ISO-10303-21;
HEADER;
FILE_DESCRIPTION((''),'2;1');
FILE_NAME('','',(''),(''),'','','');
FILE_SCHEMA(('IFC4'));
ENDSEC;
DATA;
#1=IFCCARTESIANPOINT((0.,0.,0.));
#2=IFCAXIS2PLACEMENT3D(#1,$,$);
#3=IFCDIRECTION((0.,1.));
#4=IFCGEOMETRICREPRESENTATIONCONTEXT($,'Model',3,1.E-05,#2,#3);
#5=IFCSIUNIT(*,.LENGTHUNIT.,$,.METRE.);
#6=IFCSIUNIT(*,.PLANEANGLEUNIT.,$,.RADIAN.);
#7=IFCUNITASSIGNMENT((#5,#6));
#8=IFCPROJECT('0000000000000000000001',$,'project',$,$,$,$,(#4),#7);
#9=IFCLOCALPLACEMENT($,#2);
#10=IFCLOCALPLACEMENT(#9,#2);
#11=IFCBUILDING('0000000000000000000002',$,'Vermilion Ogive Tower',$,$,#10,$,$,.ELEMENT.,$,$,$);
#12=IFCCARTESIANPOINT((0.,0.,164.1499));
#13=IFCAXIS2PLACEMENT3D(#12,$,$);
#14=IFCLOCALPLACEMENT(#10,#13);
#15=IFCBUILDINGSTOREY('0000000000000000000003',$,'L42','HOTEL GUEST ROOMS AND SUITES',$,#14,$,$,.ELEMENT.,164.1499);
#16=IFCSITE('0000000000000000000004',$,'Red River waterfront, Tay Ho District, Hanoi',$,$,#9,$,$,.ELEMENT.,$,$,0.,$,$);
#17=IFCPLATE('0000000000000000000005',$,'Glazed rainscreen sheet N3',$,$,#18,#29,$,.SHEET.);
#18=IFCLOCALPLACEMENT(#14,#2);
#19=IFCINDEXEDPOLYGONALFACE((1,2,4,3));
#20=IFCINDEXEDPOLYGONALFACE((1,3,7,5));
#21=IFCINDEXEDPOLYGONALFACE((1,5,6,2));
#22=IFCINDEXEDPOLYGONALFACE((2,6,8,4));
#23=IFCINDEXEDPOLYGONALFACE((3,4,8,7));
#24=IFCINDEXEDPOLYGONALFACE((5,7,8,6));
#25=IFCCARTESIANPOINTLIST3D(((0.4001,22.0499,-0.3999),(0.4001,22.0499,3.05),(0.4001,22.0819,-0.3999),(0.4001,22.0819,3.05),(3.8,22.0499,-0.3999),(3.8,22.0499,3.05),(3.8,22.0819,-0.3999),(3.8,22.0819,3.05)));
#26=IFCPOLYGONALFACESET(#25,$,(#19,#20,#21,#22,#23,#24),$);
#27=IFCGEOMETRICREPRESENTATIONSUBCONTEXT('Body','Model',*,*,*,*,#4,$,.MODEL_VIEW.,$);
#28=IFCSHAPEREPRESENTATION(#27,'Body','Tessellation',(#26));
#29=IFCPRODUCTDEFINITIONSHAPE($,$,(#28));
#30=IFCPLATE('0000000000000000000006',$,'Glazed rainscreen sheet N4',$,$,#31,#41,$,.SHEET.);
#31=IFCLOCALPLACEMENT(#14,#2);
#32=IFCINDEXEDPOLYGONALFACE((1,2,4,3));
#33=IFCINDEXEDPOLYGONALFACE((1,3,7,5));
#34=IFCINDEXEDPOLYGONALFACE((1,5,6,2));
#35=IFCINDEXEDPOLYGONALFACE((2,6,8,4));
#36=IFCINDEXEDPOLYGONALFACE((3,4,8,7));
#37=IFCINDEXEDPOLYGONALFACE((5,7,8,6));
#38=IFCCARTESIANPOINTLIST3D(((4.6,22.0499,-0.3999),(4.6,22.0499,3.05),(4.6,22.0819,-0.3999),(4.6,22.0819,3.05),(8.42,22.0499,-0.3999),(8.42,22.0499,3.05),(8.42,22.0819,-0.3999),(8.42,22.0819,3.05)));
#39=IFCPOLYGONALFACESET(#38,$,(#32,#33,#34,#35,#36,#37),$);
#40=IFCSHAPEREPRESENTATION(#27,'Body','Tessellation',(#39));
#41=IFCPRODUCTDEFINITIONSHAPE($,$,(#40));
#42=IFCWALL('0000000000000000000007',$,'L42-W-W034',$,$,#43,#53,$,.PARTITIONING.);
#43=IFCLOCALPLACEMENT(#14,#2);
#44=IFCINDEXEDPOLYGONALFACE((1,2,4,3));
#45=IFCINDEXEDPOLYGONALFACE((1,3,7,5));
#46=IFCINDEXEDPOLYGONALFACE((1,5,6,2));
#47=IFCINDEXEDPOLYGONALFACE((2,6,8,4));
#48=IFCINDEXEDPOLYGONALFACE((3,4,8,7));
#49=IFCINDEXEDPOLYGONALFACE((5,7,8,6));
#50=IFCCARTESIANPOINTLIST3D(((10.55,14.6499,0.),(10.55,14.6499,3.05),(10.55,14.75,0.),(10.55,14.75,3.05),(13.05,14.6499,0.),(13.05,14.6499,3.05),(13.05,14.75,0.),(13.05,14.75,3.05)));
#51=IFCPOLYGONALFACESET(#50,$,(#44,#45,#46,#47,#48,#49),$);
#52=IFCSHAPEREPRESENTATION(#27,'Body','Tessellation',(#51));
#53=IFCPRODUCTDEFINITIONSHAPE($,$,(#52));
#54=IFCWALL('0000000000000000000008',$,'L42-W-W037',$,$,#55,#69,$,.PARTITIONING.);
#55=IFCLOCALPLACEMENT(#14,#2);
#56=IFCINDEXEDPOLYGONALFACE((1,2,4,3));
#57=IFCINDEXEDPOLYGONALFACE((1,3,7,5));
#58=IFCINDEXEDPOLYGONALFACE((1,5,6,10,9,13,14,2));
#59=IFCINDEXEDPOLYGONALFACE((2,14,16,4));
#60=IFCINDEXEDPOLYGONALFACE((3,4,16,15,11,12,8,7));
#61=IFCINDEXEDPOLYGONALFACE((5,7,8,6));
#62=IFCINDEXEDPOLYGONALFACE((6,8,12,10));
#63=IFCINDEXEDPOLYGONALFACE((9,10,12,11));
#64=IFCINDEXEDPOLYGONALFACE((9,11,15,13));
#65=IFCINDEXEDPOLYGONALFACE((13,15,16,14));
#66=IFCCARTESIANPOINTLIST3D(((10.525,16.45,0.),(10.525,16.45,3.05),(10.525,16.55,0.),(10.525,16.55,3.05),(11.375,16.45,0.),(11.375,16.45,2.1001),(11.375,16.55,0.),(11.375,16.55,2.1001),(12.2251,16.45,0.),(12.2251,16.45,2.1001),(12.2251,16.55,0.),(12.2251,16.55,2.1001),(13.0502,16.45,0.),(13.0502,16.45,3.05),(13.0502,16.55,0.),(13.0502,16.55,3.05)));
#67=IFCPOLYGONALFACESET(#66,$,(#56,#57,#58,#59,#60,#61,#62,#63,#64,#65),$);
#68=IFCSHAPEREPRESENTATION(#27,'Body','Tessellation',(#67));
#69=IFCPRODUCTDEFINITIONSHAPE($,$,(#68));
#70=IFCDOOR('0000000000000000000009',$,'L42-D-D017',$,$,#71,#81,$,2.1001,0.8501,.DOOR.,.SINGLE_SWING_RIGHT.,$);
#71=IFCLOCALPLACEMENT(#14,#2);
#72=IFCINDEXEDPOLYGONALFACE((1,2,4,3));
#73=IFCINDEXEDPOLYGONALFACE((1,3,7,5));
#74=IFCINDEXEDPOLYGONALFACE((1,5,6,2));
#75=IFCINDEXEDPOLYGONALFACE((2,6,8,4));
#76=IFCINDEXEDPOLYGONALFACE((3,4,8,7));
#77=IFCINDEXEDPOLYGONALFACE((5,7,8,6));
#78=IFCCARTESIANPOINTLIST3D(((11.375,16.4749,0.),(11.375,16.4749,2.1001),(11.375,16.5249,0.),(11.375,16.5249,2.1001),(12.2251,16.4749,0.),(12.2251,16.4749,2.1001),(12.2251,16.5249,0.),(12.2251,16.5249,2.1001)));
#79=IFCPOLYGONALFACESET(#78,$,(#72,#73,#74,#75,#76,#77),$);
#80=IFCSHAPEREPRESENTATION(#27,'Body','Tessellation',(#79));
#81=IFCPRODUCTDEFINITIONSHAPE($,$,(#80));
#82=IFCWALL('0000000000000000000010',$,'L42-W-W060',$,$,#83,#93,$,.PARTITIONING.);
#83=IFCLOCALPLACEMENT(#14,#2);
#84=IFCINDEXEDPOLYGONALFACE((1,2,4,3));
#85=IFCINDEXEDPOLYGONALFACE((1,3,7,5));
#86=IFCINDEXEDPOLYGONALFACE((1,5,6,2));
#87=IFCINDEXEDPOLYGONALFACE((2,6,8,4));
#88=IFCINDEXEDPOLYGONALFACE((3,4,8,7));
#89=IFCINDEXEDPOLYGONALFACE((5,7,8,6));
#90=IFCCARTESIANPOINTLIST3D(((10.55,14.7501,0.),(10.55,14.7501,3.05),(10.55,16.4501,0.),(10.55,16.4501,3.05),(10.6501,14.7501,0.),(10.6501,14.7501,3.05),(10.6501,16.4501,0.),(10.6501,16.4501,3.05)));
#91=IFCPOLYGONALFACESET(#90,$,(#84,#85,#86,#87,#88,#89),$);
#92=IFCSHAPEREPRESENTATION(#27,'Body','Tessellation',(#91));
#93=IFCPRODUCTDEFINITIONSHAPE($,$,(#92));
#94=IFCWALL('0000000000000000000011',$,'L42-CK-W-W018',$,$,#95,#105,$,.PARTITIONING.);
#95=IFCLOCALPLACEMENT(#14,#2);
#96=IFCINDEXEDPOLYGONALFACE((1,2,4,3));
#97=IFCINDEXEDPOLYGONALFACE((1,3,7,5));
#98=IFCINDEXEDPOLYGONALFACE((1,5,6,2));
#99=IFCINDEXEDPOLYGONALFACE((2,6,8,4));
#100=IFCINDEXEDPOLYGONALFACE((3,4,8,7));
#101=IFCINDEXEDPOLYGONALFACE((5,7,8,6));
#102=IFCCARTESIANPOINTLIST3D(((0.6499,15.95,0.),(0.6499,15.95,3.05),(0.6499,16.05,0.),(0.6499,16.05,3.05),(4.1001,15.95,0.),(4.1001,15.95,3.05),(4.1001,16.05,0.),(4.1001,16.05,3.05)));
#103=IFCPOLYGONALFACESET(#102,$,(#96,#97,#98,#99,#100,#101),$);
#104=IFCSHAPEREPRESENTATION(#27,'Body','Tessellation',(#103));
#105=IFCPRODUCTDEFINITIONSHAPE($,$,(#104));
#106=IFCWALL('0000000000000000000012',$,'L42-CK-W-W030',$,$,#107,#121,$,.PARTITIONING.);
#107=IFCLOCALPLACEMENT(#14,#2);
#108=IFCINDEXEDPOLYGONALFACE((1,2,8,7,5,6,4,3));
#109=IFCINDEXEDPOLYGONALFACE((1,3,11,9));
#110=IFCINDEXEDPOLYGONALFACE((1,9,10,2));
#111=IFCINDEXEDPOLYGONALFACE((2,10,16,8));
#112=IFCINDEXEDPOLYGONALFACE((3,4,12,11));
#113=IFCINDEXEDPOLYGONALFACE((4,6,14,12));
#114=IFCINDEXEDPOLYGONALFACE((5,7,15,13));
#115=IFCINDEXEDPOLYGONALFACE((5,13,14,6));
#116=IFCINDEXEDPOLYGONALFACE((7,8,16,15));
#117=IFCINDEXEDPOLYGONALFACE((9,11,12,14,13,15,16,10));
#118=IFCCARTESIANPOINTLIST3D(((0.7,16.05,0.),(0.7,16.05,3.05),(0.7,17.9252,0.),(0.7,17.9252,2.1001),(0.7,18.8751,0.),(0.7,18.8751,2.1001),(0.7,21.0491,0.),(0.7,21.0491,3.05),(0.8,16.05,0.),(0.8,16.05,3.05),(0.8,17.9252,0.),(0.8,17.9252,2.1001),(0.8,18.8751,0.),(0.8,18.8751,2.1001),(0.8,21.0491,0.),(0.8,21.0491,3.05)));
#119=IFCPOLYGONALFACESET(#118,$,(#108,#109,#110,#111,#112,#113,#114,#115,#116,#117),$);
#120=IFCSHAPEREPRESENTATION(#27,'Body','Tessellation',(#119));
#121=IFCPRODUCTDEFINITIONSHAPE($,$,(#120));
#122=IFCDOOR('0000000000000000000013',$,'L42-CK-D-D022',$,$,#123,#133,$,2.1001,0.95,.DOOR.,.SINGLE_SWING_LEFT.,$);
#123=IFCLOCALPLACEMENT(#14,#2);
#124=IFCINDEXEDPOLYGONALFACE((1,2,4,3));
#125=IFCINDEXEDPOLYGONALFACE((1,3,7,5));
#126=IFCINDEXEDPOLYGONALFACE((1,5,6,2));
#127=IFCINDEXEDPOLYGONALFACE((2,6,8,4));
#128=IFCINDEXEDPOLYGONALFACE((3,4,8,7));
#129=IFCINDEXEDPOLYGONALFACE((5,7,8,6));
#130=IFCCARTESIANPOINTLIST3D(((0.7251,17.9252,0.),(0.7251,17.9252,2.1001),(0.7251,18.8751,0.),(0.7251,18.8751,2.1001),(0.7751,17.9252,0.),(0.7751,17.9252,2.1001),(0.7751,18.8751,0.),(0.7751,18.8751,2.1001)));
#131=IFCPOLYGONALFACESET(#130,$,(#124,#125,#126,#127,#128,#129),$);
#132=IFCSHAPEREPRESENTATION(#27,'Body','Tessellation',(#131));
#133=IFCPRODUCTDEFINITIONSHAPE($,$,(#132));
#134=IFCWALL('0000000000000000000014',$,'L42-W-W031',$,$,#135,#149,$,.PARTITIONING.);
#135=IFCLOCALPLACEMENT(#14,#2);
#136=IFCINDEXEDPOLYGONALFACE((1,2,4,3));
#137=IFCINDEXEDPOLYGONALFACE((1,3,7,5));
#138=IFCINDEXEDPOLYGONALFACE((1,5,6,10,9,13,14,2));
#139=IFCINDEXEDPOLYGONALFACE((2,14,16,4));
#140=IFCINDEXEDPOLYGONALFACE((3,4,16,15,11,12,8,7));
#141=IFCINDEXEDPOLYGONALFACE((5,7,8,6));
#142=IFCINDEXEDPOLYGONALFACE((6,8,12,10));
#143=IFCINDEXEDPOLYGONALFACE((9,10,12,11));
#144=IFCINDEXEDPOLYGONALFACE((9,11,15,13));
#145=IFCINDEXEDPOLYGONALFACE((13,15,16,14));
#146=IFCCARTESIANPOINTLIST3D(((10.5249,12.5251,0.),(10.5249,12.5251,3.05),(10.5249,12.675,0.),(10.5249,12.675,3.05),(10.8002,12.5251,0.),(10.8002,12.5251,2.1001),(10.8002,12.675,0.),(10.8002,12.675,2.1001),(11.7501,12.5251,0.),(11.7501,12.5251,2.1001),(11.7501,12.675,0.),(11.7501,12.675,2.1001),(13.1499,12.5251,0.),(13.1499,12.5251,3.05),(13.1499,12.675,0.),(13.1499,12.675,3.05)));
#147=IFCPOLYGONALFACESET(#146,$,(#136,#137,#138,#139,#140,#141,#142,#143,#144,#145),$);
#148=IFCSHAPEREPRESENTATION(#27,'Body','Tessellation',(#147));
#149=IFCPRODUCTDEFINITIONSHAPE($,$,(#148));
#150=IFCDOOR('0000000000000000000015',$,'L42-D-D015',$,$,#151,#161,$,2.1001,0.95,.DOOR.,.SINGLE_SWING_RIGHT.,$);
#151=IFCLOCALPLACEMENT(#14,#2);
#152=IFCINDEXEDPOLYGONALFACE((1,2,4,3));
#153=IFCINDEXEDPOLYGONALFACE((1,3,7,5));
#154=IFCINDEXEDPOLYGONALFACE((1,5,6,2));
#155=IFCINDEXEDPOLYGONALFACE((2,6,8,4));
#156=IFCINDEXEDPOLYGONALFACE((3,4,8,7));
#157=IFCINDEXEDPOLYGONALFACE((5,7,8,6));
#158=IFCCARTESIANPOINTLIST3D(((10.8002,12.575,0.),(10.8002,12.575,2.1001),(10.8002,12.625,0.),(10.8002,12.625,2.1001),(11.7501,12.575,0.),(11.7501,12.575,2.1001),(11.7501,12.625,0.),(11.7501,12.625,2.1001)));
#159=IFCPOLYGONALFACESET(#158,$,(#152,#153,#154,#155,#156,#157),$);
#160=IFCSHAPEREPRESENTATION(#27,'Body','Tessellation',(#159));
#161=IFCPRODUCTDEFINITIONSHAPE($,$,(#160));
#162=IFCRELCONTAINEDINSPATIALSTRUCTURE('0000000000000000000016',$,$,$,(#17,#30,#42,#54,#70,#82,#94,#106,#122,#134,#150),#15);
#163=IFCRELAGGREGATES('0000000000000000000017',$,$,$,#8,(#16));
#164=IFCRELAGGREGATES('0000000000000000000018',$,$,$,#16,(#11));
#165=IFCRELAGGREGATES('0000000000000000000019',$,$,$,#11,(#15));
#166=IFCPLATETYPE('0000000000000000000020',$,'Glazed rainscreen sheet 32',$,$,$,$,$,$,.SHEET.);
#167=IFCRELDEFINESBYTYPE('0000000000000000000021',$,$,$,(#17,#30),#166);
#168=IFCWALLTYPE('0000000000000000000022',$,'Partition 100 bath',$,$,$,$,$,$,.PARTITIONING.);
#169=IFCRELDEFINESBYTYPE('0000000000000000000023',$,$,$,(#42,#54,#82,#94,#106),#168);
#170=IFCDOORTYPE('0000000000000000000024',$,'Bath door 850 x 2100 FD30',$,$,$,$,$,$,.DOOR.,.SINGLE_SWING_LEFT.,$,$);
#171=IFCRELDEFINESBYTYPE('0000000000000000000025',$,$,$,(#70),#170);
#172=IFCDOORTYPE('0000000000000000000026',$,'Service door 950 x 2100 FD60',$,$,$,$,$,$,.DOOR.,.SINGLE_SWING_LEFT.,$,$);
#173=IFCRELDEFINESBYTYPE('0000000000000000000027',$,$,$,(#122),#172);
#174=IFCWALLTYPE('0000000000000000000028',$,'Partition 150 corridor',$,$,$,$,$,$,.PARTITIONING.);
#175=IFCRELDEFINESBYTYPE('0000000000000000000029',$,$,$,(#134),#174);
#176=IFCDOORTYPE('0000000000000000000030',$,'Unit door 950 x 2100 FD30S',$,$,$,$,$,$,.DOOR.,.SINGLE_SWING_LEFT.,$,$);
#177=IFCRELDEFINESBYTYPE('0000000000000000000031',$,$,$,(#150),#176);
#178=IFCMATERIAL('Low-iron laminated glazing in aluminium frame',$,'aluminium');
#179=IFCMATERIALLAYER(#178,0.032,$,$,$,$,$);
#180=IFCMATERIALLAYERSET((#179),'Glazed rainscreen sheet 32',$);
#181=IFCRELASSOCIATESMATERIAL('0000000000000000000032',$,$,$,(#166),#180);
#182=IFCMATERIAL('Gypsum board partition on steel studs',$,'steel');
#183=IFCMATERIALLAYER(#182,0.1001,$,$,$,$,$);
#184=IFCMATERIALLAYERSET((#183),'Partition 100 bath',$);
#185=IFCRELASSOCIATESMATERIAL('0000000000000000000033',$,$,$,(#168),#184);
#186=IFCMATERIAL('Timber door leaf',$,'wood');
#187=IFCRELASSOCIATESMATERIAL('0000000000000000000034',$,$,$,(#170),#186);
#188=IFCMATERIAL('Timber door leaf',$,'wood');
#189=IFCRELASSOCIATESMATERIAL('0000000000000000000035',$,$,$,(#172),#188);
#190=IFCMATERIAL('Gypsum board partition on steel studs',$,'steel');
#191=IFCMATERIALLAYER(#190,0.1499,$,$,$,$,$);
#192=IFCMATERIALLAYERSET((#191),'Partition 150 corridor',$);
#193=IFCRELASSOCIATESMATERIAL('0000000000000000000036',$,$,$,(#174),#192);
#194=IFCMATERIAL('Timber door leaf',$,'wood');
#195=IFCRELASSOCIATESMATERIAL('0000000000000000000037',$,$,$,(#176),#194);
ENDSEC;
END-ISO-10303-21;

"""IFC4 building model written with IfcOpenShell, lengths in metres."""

from ifc_helpers import new_model, si_unit, direction, frame, frame_2d, origin, origin_2d, place, context, subcontext, project, spatial, rectangle, extrude, material, layer, layer_set, type_object, element, fill, save


model = new_model("IFC4")

# Units and contexts
model_context = context("Model", 3, precision=1e-05, world=origin(), true_north=direction((0.0, 1.0)))
body_context = subcontext(model_context, "Body", "Model", "MODEL_VIEW")
ifc_project = project(units=[si_unit("LENGTHUNIT", "METRE"), si_unit("PLANEANGLEUNIT", "RADIAN")], contexts=[model_context])

# Site, building, storey
site_placement = place(None, origin())
site = spatial("IfcSite", under=ifc_project, at=site_placement, Name="Red River waterfront, Tay Ho District, Hanoi", CompositionType="ELEMENT", RefElevation=0.0)
building_placement = place(site_placement, origin())
building = spatial("IfcBuilding", under=site, at=building_placement, Name="Vermilion Ogive Tower", CompositionType="ELEMENT")
storey_placement = place(building_placement, frame((0.0, 0.0, 164.1499)))
storey = spatial("IfcBuildingStorey", under=building, at=storey_placement, Name="L42", Description="HOTEL GUEST ROOMS AND SUITES", CompositionType="ELEMENT", Elevation=164.1499)

# Plates
ifc_material_1 = material(Name="Low-iron laminated glazing in aluminium frame", Category="aluminium")
ifc_layer_1 = layer(ifc_material_1, 0.032)
ifc_layer_set_1 = layer_set([ifc_layer_1], Name="Glazed rainscreen sheet 32")
plate_type = type_object("IfcPlateType", Name="Glazed rainscreen sheet 32", PredefinedType="SHEET", material=ifc_layer_set_1)
plate_1_placement = place(storey_placement, frame((2.1001, 22.0659, -0.3999), z_axis=(0.0, 0.0, 1.0), x_axis=(1.0, 0.0, 0.0)))
element("IfcPlate", 1, at=plate_1_placement, inside=storey, type_object=plate_type, Name="Glazed rainscreen sheet N3", PredefinedType="SHEET", context=body_context, shape_type="SweptSolid", body=[
    extrude(rectangle(XDim=3.3999, YDim=0.032, at=origin_2d()), origin(), (0.0, 0.0, 1.0), 3.45),
])
plate_2_placement = place(storey_placement, frame((6.51, 22.0659, -0.3999), z_axis=(0.0, 0.0, 1.0), x_axis=(1.0, 0.0, 0.0)))
element("IfcPlate", 2, at=plate_2_placement, inside=storey, type_object=plate_type, Name="Glazed rainscreen sheet N4", PredefinedType="SHEET", context=body_context, shape_type="SweptSolid", body=[
    extrude(rectangle(XDim=3.8201, YDim=0.032, at=origin_2d()), origin(), (0.0, 0.0, 1.0), 3.45),
])

# Wall
ifc_material_2 = material(Name="Gypsum board partition on steel studs", Category="steel")
ifc_layer_2 = layer(ifc_material_2, 0.1001)
ifc_layer_set_2 = layer_set([ifc_layer_2], Name="Partition 100 bath")
wall_type_1 = type_object("IfcWallType", Name="Partition 100 bath", PredefinedType="PARTITIONING", material=ifc_layer_set_2)
wall_1_placement = place(storey_placement, frame((10.55, 14.7, 0.0), z_axis=(0.0, 0.0, 1.0), x_axis=(1.0, 0.0, 0.0)))
element("IfcWall", 3, at=wall_1_placement, inside=storey, type_object=wall_type_1, Name="L42-W-W034", PredefinedType="PARTITIONING", context=body_context, shape_type="SweptSolid", body=[
    extrude(rectangle(XDim=2.5, YDim=0.1001, at=frame_2d((1.25, 0.0))), origin(), (0.0, 0.0, 1.0), 3.05),
])

# Wall, opening, door
wall_2_placement = place(storey_placement, frame((10.5249, 16.5, 0.0), z_axis=(0.0, 0.0, 1.0), x_axis=(1.0, 0.0, 0.0)))
wall_2 = element("IfcWall", 4, at=wall_2_placement, inside=storey, type_object=wall_type_1, Name="L42-W-W037", PredefinedType="PARTITIONING", context=body_context, shape_type="SweptSolid", body=[
    extrude(rectangle(XDim=2.5251, YDim=0.1001, at=frame_2d((1.2627, 0.0))), origin(), (0.0, 0.0, 1.0), 3.05),
])
opening_1_placement = place(wall_2_placement, frame((0.8501, 0.0, 0.0)))
opening_1 = element("IfcOpeningElement", 5, at=opening_1_placement, cuts=wall_2, PredefinedType="OPENING", context=body_context, shape_type="SweptSolid", body=[
    extrude(rectangle(XDim=0.8501, YDim=2.1001, at=frame_2d((0.425, 1.05))), frame((0.0, 0.0601, 0.0), z_axis=(0.0, -1.0, 0.0), x_axis=(1.0, 0.0, 0.0)), (0.0, 0.0, 1.0), 0.1201),
])
ifc_material_3 = material(Name="Timber door leaf", Category="wood")
door_type_1 = type_object("IfcDoorType", Name="Bath door 850 x 2100 FD30", OperationType="SINGLE_SWING_LEFT", PredefinedType="DOOR", material=ifc_material_3)
door_1_placement = place(opening_1_placement, origin())
door_1 = element("IfcDoor", 6, at=door_1_placement, inside=storey, type_object=door_type_1, Name="L42-D-D017", OperationType="SINGLE_SWING_RIGHT", OverallHeight=2.1001, OverallWidth=0.8501, PredefinedType="DOOR", context=body_context, shape_type="SweptSolid", body=[
    extrude(rectangle(XDim=0.8501, YDim=2.1001, at=frame_2d((0.425, 1.05))), frame((0.0, 0.0249, 0.0), z_axis=(0.0, -1.0, 0.0), x_axis=(1.0, 0.0, 0.0)), (0.0, 0.0, 1.0), 0.05),
])
fill(opening_1, door_1)

# Walls
wall_3_placement = place(storey_placement, frame((10.6001, 14.75, 0.0), z_axis=(0.0, 0.0, 1.0), x_axis=(0.0, 1.0, 0.0)))
element("IfcWall", 7, at=wall_3_placement, inside=storey, type_object=wall_type_1, Name="L42-W-W060", PredefinedType="PARTITIONING", context=body_context, shape_type="SweptSolid", body=[
    extrude(rectangle(XDim=1.7, YDim=0.1001, at=frame_2d((0.8501, 0.0))), origin(), (0.0, 0.0, 1.0), 3.05),
])
wall_4_placement = place(storey_placement, frame((0.6499, 16.0, 0.0), z_axis=(0.0, 0.0, 1.0), x_axis=(1.0, 0.0, 0.0)))
element("IfcWall", 8, at=wall_4_placement, inside=storey, type_object=wall_type_1, Name="L42-CK-W-W018", PredefinedType="PARTITIONING", context=body_context, shape_type="SweptSolid", body=[
    extrude(rectangle(XDim=3.4502, YDim=0.1001, at=frame_2d((1.7251, 0.0))), origin(), (0.0, 0.0, 1.0), 3.05),
])

# Walls, openings, doors
wall_5_placement = place(storey_placement, frame((0.75, 16.05, 0.0), z_axis=(0.0, 0.0, 1.0), x_axis=(0.0, 1.0, 0.0)))
wall_5 = element("IfcWall", 9, at=wall_5_placement, inside=storey, type_object=wall_type_1, Name="L42-CK-W-W030", PredefinedType="PARTITIONING", context=body_context, shape_type="SweptSolid", body=[
    extrude(rectangle(XDim=4.999, YDim=0.1001, at=frame_2d((2.4995, 0.0))), origin(), (0.0, 0.0, 1.0), 3.05),
])
opening_2_placement = place(wall_5_placement, frame((1.875, 0.0, 0.0)))
opening_2 = element("IfcOpeningElement", 10, at=opening_2_placement, cuts=wall_5, PredefinedType="OPENING", context=body_context, shape_type="SweptSolid", body=[
    extrude(rectangle(XDim=0.95, YDim=2.1001, at=frame_2d((0.4751, 1.05))), frame((0.0, 0.0601, 0.0), z_axis=(0.0, -1.0, 0.0), x_axis=(1.0, 0.0, 0.0)), (0.0, 0.0, 1.0), 0.1201),
])
ifc_material_4 = material(Name="Timber door leaf", Category="wood")
door_type_2 = type_object("IfcDoorType", Name="Service door 950 x 2100 FD60", OperationType="SINGLE_SWING_LEFT", PredefinedType="DOOR", material=ifc_material_4)
door_2_placement = place(opening_2_placement, origin())
door_2 = element("IfcDoor", 11, at=door_2_placement, inside=storey, type_object=door_type_2, Name="L42-CK-D-D022", OperationType="SINGLE_SWING_LEFT", OverallHeight=2.1001, OverallWidth=0.95, PredefinedType="DOOR", context=body_context, shape_type="SweptSolid", body=[
    extrude(rectangle(XDim=0.95, YDim=2.1001, at=frame_2d((0.4751, 1.05))), frame((0.0, 0.0249, 0.0), z_axis=(0.0, -1.0, 0.0), x_axis=(1.0, 0.0, 0.0)), (0.0, 0.0, 1.0), 0.05),
])
fill(opening_2, door_2)
ifc_material_5 = material(Name="Gypsum board partition on steel studs", Category="steel")
ifc_layer_3 = layer(ifc_material_5, 0.1499)
ifc_layer_set_3 = layer_set([ifc_layer_3], Name="Partition 150 corridor")
wall_type_2 = type_object("IfcWallType", Name="Partition 150 corridor", PredefinedType="PARTITIONING", material=ifc_layer_set_3)
wall_6_placement = place(storey_placement, frame((10.5249, 12.6001, 0.0), z_axis=(0.0, 0.0, 1.0), x_axis=(1.0, 0.0, 0.0)))
wall_6 = element("IfcWall", 12, at=wall_6_placement, inside=storey, type_object=wall_type_2, Name="L42-W-W031", PredefinedType="PARTITIONING", context=body_context, shape_type="SweptSolid", body=[
    extrude(rectangle(XDim=2.625, YDim=0.1499, at=frame_2d((1.3125, 0.0))), origin(), (0.0, 0.0, 1.0), 3.05),
])
opening_3_placement = place(wall_6_placement, frame((0.2751, 0.0, 0.0)))
opening_3 = element("IfcOpeningElement", 13, at=opening_3_placement, cuts=wall_6, PredefinedType="OPENING", context=body_context, shape_type="SweptSolid", body=[
    extrude(rectangle(XDim=0.95, YDim=2.1001, at=frame_2d((0.4751, 1.05))), frame((0.0, 0.085, 0.0), z_axis=(0.0, -1.0, 0.0), x_axis=(1.0, 0.0, 0.0)), (0.0, 0.0, 1.0), 0.1699),
])
ifc_material_6 = material(Name="Timber door leaf", Category="wood")
door_type_3 = type_object("IfcDoorType", Name="Unit door 950 x 2100 FD30S", OperationType="SINGLE_SWING_LEFT", PredefinedType="DOOR", material=ifc_material_6)
door_3_placement = place(opening_3_placement, origin())
door_3 = element("IfcDoor", 14, at=door_3_placement, inside=storey, type_object=door_type_3, Name="L42-D-D015", OperationType="SINGLE_SWING_RIGHT", OverallHeight=2.1001, OverallWidth=0.95, PredefinedType="DOOR", context=body_context, shape_type="SweptSolid", body=[
    extrude(rectangle(XDim=0.95, YDim=2.1001, at=frame_2d((0.4751, 1.05))), frame((0.0, 0.0249, 0.0), z_axis=(0.0, -1.0, 0.0), x_axis=(1.0, 0.0, 0.0)), (0.0, 0.0, 1.0), 0.05),
])
fill(opening_3, door_3)

save(model, "model.ifc")
